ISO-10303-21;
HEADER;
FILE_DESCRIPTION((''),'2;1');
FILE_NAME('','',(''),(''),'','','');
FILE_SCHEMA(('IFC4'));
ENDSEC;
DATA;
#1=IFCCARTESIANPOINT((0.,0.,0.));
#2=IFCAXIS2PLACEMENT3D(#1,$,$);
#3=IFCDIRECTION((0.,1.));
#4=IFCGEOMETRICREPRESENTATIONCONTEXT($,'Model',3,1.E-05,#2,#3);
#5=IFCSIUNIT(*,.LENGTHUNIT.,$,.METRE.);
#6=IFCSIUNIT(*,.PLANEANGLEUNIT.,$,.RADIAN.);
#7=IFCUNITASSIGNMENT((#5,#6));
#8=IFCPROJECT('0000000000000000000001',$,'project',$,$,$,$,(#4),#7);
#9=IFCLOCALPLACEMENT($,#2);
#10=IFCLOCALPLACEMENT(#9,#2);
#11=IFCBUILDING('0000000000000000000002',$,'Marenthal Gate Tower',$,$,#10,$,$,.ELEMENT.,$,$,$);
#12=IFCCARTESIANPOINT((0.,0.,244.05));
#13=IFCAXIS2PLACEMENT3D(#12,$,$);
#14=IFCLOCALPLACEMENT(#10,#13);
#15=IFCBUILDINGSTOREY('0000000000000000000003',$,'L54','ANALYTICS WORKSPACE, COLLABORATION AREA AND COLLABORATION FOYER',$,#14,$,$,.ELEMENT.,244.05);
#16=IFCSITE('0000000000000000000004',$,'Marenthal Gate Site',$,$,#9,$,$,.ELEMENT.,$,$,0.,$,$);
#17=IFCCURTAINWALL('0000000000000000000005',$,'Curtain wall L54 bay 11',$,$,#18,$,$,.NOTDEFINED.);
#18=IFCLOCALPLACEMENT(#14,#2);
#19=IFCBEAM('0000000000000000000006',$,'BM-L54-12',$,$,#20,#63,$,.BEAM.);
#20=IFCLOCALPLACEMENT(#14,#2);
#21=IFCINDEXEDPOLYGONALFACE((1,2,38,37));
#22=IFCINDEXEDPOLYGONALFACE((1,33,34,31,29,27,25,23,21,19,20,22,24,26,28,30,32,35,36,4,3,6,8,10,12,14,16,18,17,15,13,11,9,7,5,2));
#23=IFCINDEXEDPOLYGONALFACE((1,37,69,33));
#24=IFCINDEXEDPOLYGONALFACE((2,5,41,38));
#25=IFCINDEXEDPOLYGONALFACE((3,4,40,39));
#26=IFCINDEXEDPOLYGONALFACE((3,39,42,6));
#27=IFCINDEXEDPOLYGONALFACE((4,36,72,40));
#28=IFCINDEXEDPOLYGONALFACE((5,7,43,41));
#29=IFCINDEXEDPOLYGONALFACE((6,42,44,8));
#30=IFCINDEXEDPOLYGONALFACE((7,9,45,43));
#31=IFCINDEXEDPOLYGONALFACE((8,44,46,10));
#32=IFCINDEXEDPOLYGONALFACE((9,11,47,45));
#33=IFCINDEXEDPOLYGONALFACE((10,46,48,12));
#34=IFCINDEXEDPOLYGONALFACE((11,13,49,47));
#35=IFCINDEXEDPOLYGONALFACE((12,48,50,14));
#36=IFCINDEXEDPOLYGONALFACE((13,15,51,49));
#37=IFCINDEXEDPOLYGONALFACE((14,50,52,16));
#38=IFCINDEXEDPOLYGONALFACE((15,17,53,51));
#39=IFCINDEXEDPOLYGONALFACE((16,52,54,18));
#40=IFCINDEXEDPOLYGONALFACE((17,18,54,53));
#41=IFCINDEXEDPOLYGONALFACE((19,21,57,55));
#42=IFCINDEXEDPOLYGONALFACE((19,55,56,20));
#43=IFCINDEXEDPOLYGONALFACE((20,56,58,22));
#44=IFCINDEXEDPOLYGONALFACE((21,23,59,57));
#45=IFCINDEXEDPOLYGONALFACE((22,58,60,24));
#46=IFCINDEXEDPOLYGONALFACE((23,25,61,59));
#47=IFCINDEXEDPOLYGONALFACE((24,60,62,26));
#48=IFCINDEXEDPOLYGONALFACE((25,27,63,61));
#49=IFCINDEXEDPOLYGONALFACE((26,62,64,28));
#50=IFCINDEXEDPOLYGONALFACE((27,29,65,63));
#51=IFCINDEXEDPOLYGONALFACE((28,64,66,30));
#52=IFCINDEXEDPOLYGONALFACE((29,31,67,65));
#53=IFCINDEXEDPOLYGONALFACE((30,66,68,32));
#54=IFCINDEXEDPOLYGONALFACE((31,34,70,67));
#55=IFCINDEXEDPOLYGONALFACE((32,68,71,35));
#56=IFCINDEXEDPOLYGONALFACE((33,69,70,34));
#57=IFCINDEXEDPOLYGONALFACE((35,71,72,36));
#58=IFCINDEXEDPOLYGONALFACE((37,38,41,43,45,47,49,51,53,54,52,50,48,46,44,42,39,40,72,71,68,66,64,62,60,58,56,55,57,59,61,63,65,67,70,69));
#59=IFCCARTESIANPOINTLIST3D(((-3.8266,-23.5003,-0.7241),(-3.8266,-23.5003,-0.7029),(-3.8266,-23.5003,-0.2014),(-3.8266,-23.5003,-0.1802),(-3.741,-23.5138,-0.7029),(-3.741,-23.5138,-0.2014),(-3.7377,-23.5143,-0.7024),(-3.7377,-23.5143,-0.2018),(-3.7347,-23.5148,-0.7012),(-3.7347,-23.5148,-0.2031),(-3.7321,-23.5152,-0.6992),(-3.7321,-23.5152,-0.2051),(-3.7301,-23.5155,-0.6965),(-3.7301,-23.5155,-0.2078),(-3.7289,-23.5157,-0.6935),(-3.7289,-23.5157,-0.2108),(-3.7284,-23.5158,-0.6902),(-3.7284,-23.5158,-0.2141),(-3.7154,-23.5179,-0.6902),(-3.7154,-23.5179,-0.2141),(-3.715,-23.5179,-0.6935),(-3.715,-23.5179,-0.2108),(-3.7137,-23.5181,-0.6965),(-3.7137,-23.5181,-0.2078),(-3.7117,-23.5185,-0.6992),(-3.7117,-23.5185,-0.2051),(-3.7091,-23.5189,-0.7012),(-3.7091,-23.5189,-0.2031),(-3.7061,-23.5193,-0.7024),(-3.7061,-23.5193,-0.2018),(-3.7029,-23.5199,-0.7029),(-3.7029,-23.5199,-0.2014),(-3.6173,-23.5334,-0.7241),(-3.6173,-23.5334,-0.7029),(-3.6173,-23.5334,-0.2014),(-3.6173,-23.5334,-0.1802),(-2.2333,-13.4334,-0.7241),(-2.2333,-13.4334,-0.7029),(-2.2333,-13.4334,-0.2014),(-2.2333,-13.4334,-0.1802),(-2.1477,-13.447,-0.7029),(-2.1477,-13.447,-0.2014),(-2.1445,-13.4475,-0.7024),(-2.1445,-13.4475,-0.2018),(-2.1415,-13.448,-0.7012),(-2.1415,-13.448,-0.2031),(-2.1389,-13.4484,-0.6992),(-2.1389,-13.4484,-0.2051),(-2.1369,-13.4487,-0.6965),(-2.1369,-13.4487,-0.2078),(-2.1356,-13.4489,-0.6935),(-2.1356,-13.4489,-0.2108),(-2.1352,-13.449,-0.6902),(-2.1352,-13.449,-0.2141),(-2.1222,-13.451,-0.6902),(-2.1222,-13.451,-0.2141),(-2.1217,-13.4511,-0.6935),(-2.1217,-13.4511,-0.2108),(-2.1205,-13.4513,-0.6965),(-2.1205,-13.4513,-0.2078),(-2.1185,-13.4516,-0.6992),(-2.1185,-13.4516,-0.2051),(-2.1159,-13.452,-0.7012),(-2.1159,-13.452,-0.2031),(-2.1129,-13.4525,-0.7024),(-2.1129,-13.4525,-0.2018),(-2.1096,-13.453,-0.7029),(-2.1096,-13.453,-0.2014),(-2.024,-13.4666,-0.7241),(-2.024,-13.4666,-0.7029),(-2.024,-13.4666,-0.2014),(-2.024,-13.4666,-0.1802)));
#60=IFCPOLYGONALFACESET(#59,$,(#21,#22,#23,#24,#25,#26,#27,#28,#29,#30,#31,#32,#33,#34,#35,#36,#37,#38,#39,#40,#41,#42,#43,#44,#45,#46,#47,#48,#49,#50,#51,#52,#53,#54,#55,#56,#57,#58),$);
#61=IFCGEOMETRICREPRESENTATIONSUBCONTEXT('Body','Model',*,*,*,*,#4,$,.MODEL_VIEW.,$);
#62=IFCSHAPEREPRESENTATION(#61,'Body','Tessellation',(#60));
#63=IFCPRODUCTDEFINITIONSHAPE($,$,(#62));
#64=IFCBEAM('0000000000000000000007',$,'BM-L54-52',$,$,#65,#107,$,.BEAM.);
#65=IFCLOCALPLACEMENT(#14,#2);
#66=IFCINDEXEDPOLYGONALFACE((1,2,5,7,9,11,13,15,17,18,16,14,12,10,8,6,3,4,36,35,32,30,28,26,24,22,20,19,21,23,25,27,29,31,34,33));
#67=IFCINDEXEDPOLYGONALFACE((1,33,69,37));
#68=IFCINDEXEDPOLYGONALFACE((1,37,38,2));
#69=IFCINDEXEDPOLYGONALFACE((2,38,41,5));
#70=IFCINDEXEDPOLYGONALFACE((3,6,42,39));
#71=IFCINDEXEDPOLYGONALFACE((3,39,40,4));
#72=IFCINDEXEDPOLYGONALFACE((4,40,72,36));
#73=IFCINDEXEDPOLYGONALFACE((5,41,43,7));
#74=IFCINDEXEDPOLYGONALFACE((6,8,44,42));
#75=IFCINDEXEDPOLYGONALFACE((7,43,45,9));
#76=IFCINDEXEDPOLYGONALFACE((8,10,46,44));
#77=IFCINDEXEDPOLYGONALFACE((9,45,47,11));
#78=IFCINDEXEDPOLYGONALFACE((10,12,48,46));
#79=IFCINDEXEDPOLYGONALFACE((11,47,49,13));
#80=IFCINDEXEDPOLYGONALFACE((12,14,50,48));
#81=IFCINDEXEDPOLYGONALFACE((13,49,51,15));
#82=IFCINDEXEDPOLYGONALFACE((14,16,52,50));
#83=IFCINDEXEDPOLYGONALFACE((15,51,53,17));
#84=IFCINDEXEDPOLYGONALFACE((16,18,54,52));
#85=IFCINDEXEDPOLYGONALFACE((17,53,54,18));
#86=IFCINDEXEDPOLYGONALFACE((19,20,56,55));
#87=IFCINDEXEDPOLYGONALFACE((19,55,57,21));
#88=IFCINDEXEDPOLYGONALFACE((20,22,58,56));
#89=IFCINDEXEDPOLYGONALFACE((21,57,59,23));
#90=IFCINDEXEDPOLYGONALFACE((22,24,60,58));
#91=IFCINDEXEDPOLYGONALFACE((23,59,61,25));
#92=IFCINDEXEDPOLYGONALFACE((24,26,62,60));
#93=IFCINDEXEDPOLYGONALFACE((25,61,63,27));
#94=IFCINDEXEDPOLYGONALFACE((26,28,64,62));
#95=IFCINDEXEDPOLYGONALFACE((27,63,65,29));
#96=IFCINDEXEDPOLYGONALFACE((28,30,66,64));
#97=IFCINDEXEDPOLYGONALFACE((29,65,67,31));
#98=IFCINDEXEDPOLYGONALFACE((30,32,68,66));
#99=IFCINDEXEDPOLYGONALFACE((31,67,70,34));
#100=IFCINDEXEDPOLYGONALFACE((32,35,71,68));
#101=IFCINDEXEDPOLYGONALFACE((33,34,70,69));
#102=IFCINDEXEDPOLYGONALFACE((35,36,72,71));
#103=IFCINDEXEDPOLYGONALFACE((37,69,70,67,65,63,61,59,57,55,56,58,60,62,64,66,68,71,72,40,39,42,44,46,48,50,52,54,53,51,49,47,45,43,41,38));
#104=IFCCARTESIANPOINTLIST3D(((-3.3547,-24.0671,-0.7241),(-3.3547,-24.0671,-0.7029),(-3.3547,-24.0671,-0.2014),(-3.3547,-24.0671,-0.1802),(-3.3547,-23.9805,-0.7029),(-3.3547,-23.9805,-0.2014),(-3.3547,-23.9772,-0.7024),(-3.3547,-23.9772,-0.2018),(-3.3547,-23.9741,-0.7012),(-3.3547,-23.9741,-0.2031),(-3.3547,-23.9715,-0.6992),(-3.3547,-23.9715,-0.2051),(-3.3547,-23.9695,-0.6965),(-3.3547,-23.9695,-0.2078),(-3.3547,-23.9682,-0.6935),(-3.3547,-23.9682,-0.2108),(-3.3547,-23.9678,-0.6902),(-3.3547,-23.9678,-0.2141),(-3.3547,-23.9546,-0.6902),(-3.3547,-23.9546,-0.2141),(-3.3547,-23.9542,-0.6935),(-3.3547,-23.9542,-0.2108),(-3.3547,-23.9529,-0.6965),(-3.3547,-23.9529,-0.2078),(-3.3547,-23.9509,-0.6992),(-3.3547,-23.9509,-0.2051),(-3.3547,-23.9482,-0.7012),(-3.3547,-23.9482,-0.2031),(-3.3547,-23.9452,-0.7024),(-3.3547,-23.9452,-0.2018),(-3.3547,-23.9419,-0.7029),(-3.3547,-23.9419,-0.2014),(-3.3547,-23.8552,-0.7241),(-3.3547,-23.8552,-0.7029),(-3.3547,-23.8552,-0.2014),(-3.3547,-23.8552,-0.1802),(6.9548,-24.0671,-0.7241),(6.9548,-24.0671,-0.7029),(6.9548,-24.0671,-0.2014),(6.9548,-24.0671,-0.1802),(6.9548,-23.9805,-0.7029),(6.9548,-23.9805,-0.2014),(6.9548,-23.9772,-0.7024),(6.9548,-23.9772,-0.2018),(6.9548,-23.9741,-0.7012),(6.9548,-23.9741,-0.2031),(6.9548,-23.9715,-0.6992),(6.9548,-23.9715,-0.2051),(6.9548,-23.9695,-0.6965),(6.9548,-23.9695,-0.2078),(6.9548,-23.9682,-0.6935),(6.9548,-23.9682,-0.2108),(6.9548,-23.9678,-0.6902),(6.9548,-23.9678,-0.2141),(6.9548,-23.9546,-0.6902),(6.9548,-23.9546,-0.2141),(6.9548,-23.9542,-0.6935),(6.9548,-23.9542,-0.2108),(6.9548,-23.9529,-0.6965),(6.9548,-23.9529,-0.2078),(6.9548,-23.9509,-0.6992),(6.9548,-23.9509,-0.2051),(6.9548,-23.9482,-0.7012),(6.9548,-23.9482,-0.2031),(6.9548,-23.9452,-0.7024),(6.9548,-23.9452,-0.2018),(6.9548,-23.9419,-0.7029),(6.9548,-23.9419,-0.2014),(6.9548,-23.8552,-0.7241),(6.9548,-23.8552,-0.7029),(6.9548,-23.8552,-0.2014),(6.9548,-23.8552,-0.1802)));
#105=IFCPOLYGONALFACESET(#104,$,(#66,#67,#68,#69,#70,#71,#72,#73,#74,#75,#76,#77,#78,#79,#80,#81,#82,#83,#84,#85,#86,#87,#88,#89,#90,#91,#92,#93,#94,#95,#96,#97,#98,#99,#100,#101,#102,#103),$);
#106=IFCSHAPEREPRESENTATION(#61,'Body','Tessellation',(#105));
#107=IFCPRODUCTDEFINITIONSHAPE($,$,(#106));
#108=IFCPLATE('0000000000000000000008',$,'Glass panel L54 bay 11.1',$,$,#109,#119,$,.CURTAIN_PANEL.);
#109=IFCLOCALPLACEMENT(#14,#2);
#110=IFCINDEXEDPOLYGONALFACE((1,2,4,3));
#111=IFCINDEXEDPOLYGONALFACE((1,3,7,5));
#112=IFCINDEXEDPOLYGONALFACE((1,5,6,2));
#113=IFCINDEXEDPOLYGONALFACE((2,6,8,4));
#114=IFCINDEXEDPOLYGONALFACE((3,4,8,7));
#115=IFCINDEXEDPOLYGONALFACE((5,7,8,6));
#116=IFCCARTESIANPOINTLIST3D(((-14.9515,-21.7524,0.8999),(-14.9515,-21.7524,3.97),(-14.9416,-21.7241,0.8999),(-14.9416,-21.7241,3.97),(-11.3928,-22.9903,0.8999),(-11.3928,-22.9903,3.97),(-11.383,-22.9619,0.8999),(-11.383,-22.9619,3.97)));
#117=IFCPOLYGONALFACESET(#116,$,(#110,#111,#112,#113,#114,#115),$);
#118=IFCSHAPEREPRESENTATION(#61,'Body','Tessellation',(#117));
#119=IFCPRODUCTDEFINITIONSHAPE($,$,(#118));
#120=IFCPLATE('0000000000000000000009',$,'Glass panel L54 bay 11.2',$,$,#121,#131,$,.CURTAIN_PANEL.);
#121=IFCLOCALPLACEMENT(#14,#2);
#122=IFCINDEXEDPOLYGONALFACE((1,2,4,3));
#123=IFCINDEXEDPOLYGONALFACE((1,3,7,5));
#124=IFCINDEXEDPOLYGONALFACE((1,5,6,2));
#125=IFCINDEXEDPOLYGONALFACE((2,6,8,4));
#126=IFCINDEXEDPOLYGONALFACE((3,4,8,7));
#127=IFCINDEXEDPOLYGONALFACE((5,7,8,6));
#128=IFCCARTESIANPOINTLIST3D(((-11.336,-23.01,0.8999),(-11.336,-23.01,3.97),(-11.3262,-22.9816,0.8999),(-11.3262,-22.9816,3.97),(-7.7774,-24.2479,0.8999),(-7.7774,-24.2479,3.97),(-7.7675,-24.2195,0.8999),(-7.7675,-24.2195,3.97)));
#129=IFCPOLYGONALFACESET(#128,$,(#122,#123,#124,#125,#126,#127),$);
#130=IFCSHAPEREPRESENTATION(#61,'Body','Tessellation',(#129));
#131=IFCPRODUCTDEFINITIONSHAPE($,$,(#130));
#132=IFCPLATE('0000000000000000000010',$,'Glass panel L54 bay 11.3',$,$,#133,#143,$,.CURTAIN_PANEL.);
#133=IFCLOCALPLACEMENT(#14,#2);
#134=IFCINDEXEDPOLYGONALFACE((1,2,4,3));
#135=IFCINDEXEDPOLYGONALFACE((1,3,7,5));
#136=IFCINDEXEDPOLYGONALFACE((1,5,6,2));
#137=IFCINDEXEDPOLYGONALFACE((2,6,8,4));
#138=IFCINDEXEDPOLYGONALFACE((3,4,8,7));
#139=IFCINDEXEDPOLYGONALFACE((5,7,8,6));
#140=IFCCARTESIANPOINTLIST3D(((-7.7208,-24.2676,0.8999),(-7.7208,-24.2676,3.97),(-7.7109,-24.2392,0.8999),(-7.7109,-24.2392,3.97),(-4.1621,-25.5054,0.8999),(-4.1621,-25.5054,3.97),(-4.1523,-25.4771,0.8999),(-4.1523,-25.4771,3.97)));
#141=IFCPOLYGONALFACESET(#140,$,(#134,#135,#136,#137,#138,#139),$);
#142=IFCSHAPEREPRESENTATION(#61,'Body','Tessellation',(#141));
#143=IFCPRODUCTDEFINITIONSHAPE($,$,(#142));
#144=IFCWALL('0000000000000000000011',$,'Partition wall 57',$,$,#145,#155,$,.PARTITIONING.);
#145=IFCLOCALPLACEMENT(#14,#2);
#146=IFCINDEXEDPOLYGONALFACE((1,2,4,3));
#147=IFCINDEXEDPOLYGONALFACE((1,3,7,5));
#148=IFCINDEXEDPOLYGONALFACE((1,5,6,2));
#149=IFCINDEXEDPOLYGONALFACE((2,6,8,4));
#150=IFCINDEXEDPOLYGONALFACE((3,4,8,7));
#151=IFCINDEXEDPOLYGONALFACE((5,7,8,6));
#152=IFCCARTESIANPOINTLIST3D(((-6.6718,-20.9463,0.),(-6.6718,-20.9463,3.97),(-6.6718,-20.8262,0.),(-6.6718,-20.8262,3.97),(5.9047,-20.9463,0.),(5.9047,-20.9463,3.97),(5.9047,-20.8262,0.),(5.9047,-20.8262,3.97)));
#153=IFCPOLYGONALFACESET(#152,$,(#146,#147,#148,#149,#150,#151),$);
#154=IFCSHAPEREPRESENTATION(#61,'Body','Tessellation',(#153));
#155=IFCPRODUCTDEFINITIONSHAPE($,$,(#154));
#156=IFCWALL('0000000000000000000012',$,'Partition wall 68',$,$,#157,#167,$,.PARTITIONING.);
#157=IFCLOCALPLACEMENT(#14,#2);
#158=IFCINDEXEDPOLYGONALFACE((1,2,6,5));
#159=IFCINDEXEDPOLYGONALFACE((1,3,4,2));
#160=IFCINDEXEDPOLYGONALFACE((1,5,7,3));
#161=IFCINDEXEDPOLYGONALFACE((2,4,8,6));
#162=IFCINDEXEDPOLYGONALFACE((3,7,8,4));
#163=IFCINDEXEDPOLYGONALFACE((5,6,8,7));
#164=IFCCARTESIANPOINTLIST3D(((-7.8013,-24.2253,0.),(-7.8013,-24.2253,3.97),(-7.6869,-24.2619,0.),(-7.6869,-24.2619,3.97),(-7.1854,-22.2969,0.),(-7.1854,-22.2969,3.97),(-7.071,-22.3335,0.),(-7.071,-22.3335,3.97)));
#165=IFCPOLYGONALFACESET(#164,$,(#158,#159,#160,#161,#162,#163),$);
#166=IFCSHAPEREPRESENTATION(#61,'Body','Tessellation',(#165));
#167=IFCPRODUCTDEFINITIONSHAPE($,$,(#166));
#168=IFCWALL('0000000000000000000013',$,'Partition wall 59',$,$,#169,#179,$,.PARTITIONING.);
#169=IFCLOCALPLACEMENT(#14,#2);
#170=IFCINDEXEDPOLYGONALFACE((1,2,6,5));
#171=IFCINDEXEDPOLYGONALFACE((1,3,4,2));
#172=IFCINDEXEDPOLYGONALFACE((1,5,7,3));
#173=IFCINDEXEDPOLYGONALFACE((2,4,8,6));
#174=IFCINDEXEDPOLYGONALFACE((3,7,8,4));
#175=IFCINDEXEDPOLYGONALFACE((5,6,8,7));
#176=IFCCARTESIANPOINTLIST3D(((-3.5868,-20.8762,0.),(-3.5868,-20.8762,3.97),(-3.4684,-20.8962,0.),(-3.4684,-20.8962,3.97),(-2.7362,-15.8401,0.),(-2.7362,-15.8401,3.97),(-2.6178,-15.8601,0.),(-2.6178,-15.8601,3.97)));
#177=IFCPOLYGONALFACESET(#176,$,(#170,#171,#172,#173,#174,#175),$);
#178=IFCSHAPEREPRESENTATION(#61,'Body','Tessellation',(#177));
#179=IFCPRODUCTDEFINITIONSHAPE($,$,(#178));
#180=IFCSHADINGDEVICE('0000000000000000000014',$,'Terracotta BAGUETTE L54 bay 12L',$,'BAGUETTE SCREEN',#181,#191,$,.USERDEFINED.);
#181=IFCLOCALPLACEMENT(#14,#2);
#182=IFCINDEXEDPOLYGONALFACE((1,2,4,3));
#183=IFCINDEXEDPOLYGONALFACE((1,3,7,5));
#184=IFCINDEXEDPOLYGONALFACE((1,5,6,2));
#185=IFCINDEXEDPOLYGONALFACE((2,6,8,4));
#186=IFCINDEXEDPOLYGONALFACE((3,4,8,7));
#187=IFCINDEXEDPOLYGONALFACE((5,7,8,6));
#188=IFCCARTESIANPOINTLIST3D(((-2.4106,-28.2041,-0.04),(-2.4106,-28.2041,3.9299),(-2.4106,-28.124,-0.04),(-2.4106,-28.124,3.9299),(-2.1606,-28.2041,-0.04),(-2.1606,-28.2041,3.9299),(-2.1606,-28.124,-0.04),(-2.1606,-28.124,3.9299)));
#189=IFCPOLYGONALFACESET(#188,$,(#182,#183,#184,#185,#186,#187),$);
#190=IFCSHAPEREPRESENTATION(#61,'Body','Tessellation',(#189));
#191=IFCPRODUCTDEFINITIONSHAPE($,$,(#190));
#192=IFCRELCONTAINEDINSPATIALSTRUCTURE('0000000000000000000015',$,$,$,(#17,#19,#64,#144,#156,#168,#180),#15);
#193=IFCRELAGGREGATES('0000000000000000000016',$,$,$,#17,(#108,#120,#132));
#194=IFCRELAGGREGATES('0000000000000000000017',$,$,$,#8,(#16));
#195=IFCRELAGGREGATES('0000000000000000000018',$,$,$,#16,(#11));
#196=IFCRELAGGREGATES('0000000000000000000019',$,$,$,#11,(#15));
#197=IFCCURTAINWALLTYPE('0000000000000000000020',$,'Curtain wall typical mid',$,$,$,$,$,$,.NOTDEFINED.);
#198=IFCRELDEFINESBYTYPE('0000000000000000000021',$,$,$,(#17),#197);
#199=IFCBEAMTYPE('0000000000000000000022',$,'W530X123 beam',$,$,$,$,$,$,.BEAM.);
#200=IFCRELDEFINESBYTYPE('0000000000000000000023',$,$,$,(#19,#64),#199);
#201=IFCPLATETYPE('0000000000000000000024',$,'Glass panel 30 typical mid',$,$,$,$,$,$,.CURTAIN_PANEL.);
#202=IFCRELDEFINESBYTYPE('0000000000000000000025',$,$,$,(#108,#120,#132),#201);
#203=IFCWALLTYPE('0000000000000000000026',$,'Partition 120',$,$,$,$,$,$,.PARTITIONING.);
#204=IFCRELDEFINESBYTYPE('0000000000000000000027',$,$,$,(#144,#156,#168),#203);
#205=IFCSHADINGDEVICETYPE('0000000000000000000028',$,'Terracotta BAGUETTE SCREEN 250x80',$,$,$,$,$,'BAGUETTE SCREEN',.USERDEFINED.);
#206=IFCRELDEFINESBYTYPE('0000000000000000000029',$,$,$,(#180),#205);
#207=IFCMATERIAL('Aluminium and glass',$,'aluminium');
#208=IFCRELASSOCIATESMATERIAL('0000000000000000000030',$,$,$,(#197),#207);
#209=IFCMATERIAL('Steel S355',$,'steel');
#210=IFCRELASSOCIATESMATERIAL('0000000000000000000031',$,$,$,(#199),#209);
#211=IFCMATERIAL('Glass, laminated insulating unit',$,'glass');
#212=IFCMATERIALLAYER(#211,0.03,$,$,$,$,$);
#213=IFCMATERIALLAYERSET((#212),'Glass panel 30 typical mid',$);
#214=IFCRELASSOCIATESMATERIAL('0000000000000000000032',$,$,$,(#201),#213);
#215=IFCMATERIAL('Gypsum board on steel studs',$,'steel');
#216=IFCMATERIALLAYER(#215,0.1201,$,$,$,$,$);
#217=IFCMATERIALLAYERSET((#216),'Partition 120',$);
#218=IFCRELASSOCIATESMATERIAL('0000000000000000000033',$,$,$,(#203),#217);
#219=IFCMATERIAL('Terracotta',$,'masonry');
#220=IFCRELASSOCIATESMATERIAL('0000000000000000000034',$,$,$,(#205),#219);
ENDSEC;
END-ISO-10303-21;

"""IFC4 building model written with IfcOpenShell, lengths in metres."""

from ifc_helpers import new_model, si_unit, direction, frame, frame_2d, origin, origin_2d, place, context, subcontext, project, spatial, rectangle, i_section, extrude, material, layer, layer_set, material_profile, profile_set, type_object, element, aggregate, save


model = new_model("IFC4")

# Units and contexts
model_context = context("Model", 3, precision=1e-05, world=origin(), true_north=direction((0.0, 1.0)))
body_context = subcontext(model_context, "Body", "Model", "MODEL_VIEW")
ifc_project = project(units=[si_unit("LENGTHUNIT", "METRE"), si_unit("PLANEANGLEUNIT", "RADIAN")], contexts=[model_context])

# Site, building, storey
site_placement = place(None, origin())
site = spatial("IfcSite", under=ifc_project, at=site_placement, Name="Marenthal Gate Site", CompositionType="ELEMENT", RefElevation=0.0)
building_placement = place(site_placement, origin())
building = spatial("IfcBuilding", under=site, at=building_placement, Name="Marenthal Gate Tower", CompositionType="ELEMENT")
storey_placement = place(building_placement, frame((0.0, 0.0, 244.05)))
storey = spatial("IfcBuildingStorey", under=building, at=storey_placement, Name="L54", Description="ANALYTICS WORKSPACE, COLLABORATION AREA AND COLLABORATION FOYER", CompositionType="ELEMENT", Elevation=244.05)

# Curtain wall
ifc_material_1 = material(Name="Aluminium and glass", Category="aluminium")
curtain_wall_type = type_object("IfcCurtainWallType", Name="Curtain wall typical mid", PredefinedType="NOTDEFINED", material=ifc_material_1)
curtain_wall_placement = place(storey_placement, origin())
curtain_wall = element("IfcCurtainWall", 1, at=curtain_wall_placement, inside=storey, type_object=curtain_wall_type, Name="Curtain wall L54 bay 11", PredefinedType="NOTDEFINED")

# Beams
ifc_material_2 = material(Name="Steel S355", Category="steel")
ifc_material_profile_1 = material_profile(ifc_material_2, i_section(OverallWidth=0.2119, OverallDepth=0.5439, WebThickness=0.0132, FlangeThickness=0.0212, FilletRadius=0.0127, at=origin_2d()), Name="W530X123")
ifc_profile_set_1 = profile_set([ifc_material_profile_1], Name="Steel S355")
beam_type_1 = type_object("IfcBeamType", Name="W530X123 beam", PredefinedType="BEAM", material=ifc_profile_set_1)
beam_1_placement = place(storey_placement, frame((-3.7219, -23.5168, -0.4521), z_axis=(0.156322, 0.987706, 0.0), x_axis=(-0.987706, 0.156322, 0.0)))
element("IfcBeam", 2, at=beam_1_placement, inside=storey, type_object=beam_type_1, Name="BM-L54-12", PredefinedType="BEAM", context=body_context, shape_type="SweptSolid", body=[
    extrude(i_section(OverallWidth=0.2119, OverallDepth=0.5439, WebThickness=0.0132, FlangeThickness=0.0212, FilletRadius=0.0127, at=origin_2d()), origin(), (0.0, 0.0, 1.0), 10.1921),
])
beam_2_placement = place(storey_placement, frame((-3.3547, -23.9612, -0.4521), z_axis=(1.0, 0.0, 0.0), x_axis=(0.0, 1.0, 0.0)))
element("IfcBeam", 3, at=beam_2_placement, inside=storey, type_object=beam_type_1, Name="BM-L54-52", PredefinedType="BEAM", context=body_context, shape_type="SweptSolid", body=[
    extrude(i_section(OverallWidth=0.2119, OverallDepth=0.5439, WebThickness=0.0132, FlangeThickness=0.0212, FilletRadius=0.0127, at=origin_2d()), origin(), (0.0, 0.0, 1.0), 10.3096),
])

# Plates
ifc_material_3 = material(Name="Glass, laminated insulating unit", Category="glass")
ifc_layer_1 = layer(ifc_material_3, 0.03)
ifc_layer_set_1 = layer_set([ifc_layer_1], Name="Glass panel 30 typical mid")
plate_type = type_object("IfcPlateType", Name="Glass panel 30 typical mid", PredefinedType="CURTAIN_PANEL", material=ifc_layer_set_1)
plate_1_placement = place(storey_placement, frame((-13.1672, -22.3572, 0.8999), z_axis=(0.0, 0.0, 1.0), x_axis=(0.94449, -0.32854, 0.0)))
plate_1 = element("IfcPlate", 4, at=plate_1_placement, type_object=plate_type, Name="Glass panel L54 bay 11.1", PredefinedType="CURTAIN_PANEL", context=body_context, shape_type="SweptSolid", body=[
    extrude(rectangle(XDim=3.7678, YDim=0.03, at=origin_2d()), origin(), (0.0, 0.0, 1.0), 3.0701),
])
plate_2_placement = place(storey_placement, frame((-9.5518, -23.6147, 0.8999), z_axis=(0.0, 0.0, 1.0), x_axis=(0.94449, -0.32854, 0.0)))
plate_2 = element("IfcPlate", 5, at=plate_2_placement, type_object=plate_type, Name="Glass panel L54 bay 11.2", PredefinedType="CURTAIN_PANEL", context=body_context, shape_type="SweptSolid", body=[
    extrude(rectangle(XDim=3.7678, YDim=0.03, at=origin_2d()), origin(), (0.0, 0.0, 1.0), 3.0701),
])
plate_3_placement = place(storey_placement, frame((-5.9365, -24.8723, 0.8999), z_axis=(0.0, 0.0, 1.0), x_axis=(0.94449, -0.32854, 0.0)))
plate_3 = element("IfcPlate", 6, at=plate_3_placement, type_object=plate_type, Name="Glass panel L54 bay 11.3", PredefinedType="CURTAIN_PANEL", context=body_context, shape_type="SweptSolid", body=[
    extrude(rectangle(XDim=3.7678, YDim=0.03, at=origin_2d()), origin(), (0.0, 0.0, 1.0), 3.0701),
])
aggregate(curtain_wall, [plate_1, plate_2, plate_3])

# Walls
ifc_material_4 = material(Name="Gypsum board on steel studs", Category="steel")
ifc_layer_2 = layer(ifc_material_4, 0.1201)
ifc_layer_set_2 = layer_set([ifc_layer_2], Name="Partition 120")
wall_type_1 = type_object("IfcWallType", Name="Partition 120", PredefinedType="PARTITIONING", material=ifc_layer_set_2)
wall_1_placement = place(storey_placement, frame((-6.6716, -20.8862, 0.0), z_axis=(0.0, 0.0, 1.0), x_axis=(1.0, 0.0, 0.0)))
element("IfcWall", 7, at=wall_1_placement, inside=storey, type_object=wall_type_1, Name="Partition wall 57", PredefinedType="PARTITIONING", context=body_context, shape_type="SweptSolid", body=[
    extrude(rectangle(XDim=12.5764, YDim=0.1201, at=frame_2d((6.2881, 0.0))), origin(), (0.0, 0.0, 1.0), 3.97),
])
wall_2_placement = place(storey_placement, frame((-7.1282, -22.3152, 0.0), z_axis=(0.0, 0.0, 1.0), x_axis=(-0.304264, -0.952588, 0.0)))
element("IfcWall", 8, at=wall_2_placement, inside=storey, type_object=wall_type_1, Name="Partition wall 68", PredefinedType="PARTITIONING", context=body_context, shape_type="SweptSolid", body=[
    extrude(rectangle(XDim=2.0244, YDim=0.1201, at=frame_2d((1.0122, 0.0))), origin(), (0.0, 0.0, 1.0), 3.97),
])
wall_3_placement = place(storey_placement, frame((-3.5276, -20.8862, 0.0), z_axis=(0.0, 0.0, 1.0), x_axis=(0.166538, 0.986035, 0.0)))
element("IfcWall", 9, at=wall_3_placement, inside=storey, type_object=wall_type_1, Name="Partition wall 59", PredefinedType="PARTITIONING", context=body_context, shape_type="SweptSolid", body=[
    extrude(rectangle(XDim=5.1074, YDim=0.1201, at=frame_2d((2.5537, 0.0))), origin(), (0.0, 0.0, 1.0), 3.97),
])

# Shading device
ifc_material_5 = material(Name="Terracotta", Category="masonry")
ifc_material_profile_2 = material_profile(ifc_material_5, rectangle(XDim=0.25, YDim=0.0801, at=origin_2d()), Name="Terracotta baguette 250x80")
ifc_profile_set_2 = profile_set([ifc_material_profile_2], Name="Terracotta")
shading_device_type = type_object("IfcShadingDeviceType", Name="Terracotta BAGUETTE SCREEN 250x80", ElementType="BAGUETTE SCREEN", PredefinedType="USERDEFINED", material=ifc_profile_set_2)
shading_device_placement = place(storey_placement, frame((-2.2856, -28.1641, -0.04), z_axis=(0.0, 0.0, 1.0), x_axis=(1.0, 0.0, 0.0)))
element("IfcShadingDevice", 10, at=shading_device_placement, inside=storey, type_object=shading_device_type, Name="Terracotta BAGUETTE L54 bay 12L", ObjectType="BAGUETTE SCREEN", PredefinedType="USERDEFINED", context=body_context, shape_type="SweptSolid", body=[
    extrude(rectangle(XDim=0.25, YDim=0.0801, at=origin_2d()), origin(), (0.0, 0.0, 1.0), 3.97),
])

save(model, "model.ifc")
